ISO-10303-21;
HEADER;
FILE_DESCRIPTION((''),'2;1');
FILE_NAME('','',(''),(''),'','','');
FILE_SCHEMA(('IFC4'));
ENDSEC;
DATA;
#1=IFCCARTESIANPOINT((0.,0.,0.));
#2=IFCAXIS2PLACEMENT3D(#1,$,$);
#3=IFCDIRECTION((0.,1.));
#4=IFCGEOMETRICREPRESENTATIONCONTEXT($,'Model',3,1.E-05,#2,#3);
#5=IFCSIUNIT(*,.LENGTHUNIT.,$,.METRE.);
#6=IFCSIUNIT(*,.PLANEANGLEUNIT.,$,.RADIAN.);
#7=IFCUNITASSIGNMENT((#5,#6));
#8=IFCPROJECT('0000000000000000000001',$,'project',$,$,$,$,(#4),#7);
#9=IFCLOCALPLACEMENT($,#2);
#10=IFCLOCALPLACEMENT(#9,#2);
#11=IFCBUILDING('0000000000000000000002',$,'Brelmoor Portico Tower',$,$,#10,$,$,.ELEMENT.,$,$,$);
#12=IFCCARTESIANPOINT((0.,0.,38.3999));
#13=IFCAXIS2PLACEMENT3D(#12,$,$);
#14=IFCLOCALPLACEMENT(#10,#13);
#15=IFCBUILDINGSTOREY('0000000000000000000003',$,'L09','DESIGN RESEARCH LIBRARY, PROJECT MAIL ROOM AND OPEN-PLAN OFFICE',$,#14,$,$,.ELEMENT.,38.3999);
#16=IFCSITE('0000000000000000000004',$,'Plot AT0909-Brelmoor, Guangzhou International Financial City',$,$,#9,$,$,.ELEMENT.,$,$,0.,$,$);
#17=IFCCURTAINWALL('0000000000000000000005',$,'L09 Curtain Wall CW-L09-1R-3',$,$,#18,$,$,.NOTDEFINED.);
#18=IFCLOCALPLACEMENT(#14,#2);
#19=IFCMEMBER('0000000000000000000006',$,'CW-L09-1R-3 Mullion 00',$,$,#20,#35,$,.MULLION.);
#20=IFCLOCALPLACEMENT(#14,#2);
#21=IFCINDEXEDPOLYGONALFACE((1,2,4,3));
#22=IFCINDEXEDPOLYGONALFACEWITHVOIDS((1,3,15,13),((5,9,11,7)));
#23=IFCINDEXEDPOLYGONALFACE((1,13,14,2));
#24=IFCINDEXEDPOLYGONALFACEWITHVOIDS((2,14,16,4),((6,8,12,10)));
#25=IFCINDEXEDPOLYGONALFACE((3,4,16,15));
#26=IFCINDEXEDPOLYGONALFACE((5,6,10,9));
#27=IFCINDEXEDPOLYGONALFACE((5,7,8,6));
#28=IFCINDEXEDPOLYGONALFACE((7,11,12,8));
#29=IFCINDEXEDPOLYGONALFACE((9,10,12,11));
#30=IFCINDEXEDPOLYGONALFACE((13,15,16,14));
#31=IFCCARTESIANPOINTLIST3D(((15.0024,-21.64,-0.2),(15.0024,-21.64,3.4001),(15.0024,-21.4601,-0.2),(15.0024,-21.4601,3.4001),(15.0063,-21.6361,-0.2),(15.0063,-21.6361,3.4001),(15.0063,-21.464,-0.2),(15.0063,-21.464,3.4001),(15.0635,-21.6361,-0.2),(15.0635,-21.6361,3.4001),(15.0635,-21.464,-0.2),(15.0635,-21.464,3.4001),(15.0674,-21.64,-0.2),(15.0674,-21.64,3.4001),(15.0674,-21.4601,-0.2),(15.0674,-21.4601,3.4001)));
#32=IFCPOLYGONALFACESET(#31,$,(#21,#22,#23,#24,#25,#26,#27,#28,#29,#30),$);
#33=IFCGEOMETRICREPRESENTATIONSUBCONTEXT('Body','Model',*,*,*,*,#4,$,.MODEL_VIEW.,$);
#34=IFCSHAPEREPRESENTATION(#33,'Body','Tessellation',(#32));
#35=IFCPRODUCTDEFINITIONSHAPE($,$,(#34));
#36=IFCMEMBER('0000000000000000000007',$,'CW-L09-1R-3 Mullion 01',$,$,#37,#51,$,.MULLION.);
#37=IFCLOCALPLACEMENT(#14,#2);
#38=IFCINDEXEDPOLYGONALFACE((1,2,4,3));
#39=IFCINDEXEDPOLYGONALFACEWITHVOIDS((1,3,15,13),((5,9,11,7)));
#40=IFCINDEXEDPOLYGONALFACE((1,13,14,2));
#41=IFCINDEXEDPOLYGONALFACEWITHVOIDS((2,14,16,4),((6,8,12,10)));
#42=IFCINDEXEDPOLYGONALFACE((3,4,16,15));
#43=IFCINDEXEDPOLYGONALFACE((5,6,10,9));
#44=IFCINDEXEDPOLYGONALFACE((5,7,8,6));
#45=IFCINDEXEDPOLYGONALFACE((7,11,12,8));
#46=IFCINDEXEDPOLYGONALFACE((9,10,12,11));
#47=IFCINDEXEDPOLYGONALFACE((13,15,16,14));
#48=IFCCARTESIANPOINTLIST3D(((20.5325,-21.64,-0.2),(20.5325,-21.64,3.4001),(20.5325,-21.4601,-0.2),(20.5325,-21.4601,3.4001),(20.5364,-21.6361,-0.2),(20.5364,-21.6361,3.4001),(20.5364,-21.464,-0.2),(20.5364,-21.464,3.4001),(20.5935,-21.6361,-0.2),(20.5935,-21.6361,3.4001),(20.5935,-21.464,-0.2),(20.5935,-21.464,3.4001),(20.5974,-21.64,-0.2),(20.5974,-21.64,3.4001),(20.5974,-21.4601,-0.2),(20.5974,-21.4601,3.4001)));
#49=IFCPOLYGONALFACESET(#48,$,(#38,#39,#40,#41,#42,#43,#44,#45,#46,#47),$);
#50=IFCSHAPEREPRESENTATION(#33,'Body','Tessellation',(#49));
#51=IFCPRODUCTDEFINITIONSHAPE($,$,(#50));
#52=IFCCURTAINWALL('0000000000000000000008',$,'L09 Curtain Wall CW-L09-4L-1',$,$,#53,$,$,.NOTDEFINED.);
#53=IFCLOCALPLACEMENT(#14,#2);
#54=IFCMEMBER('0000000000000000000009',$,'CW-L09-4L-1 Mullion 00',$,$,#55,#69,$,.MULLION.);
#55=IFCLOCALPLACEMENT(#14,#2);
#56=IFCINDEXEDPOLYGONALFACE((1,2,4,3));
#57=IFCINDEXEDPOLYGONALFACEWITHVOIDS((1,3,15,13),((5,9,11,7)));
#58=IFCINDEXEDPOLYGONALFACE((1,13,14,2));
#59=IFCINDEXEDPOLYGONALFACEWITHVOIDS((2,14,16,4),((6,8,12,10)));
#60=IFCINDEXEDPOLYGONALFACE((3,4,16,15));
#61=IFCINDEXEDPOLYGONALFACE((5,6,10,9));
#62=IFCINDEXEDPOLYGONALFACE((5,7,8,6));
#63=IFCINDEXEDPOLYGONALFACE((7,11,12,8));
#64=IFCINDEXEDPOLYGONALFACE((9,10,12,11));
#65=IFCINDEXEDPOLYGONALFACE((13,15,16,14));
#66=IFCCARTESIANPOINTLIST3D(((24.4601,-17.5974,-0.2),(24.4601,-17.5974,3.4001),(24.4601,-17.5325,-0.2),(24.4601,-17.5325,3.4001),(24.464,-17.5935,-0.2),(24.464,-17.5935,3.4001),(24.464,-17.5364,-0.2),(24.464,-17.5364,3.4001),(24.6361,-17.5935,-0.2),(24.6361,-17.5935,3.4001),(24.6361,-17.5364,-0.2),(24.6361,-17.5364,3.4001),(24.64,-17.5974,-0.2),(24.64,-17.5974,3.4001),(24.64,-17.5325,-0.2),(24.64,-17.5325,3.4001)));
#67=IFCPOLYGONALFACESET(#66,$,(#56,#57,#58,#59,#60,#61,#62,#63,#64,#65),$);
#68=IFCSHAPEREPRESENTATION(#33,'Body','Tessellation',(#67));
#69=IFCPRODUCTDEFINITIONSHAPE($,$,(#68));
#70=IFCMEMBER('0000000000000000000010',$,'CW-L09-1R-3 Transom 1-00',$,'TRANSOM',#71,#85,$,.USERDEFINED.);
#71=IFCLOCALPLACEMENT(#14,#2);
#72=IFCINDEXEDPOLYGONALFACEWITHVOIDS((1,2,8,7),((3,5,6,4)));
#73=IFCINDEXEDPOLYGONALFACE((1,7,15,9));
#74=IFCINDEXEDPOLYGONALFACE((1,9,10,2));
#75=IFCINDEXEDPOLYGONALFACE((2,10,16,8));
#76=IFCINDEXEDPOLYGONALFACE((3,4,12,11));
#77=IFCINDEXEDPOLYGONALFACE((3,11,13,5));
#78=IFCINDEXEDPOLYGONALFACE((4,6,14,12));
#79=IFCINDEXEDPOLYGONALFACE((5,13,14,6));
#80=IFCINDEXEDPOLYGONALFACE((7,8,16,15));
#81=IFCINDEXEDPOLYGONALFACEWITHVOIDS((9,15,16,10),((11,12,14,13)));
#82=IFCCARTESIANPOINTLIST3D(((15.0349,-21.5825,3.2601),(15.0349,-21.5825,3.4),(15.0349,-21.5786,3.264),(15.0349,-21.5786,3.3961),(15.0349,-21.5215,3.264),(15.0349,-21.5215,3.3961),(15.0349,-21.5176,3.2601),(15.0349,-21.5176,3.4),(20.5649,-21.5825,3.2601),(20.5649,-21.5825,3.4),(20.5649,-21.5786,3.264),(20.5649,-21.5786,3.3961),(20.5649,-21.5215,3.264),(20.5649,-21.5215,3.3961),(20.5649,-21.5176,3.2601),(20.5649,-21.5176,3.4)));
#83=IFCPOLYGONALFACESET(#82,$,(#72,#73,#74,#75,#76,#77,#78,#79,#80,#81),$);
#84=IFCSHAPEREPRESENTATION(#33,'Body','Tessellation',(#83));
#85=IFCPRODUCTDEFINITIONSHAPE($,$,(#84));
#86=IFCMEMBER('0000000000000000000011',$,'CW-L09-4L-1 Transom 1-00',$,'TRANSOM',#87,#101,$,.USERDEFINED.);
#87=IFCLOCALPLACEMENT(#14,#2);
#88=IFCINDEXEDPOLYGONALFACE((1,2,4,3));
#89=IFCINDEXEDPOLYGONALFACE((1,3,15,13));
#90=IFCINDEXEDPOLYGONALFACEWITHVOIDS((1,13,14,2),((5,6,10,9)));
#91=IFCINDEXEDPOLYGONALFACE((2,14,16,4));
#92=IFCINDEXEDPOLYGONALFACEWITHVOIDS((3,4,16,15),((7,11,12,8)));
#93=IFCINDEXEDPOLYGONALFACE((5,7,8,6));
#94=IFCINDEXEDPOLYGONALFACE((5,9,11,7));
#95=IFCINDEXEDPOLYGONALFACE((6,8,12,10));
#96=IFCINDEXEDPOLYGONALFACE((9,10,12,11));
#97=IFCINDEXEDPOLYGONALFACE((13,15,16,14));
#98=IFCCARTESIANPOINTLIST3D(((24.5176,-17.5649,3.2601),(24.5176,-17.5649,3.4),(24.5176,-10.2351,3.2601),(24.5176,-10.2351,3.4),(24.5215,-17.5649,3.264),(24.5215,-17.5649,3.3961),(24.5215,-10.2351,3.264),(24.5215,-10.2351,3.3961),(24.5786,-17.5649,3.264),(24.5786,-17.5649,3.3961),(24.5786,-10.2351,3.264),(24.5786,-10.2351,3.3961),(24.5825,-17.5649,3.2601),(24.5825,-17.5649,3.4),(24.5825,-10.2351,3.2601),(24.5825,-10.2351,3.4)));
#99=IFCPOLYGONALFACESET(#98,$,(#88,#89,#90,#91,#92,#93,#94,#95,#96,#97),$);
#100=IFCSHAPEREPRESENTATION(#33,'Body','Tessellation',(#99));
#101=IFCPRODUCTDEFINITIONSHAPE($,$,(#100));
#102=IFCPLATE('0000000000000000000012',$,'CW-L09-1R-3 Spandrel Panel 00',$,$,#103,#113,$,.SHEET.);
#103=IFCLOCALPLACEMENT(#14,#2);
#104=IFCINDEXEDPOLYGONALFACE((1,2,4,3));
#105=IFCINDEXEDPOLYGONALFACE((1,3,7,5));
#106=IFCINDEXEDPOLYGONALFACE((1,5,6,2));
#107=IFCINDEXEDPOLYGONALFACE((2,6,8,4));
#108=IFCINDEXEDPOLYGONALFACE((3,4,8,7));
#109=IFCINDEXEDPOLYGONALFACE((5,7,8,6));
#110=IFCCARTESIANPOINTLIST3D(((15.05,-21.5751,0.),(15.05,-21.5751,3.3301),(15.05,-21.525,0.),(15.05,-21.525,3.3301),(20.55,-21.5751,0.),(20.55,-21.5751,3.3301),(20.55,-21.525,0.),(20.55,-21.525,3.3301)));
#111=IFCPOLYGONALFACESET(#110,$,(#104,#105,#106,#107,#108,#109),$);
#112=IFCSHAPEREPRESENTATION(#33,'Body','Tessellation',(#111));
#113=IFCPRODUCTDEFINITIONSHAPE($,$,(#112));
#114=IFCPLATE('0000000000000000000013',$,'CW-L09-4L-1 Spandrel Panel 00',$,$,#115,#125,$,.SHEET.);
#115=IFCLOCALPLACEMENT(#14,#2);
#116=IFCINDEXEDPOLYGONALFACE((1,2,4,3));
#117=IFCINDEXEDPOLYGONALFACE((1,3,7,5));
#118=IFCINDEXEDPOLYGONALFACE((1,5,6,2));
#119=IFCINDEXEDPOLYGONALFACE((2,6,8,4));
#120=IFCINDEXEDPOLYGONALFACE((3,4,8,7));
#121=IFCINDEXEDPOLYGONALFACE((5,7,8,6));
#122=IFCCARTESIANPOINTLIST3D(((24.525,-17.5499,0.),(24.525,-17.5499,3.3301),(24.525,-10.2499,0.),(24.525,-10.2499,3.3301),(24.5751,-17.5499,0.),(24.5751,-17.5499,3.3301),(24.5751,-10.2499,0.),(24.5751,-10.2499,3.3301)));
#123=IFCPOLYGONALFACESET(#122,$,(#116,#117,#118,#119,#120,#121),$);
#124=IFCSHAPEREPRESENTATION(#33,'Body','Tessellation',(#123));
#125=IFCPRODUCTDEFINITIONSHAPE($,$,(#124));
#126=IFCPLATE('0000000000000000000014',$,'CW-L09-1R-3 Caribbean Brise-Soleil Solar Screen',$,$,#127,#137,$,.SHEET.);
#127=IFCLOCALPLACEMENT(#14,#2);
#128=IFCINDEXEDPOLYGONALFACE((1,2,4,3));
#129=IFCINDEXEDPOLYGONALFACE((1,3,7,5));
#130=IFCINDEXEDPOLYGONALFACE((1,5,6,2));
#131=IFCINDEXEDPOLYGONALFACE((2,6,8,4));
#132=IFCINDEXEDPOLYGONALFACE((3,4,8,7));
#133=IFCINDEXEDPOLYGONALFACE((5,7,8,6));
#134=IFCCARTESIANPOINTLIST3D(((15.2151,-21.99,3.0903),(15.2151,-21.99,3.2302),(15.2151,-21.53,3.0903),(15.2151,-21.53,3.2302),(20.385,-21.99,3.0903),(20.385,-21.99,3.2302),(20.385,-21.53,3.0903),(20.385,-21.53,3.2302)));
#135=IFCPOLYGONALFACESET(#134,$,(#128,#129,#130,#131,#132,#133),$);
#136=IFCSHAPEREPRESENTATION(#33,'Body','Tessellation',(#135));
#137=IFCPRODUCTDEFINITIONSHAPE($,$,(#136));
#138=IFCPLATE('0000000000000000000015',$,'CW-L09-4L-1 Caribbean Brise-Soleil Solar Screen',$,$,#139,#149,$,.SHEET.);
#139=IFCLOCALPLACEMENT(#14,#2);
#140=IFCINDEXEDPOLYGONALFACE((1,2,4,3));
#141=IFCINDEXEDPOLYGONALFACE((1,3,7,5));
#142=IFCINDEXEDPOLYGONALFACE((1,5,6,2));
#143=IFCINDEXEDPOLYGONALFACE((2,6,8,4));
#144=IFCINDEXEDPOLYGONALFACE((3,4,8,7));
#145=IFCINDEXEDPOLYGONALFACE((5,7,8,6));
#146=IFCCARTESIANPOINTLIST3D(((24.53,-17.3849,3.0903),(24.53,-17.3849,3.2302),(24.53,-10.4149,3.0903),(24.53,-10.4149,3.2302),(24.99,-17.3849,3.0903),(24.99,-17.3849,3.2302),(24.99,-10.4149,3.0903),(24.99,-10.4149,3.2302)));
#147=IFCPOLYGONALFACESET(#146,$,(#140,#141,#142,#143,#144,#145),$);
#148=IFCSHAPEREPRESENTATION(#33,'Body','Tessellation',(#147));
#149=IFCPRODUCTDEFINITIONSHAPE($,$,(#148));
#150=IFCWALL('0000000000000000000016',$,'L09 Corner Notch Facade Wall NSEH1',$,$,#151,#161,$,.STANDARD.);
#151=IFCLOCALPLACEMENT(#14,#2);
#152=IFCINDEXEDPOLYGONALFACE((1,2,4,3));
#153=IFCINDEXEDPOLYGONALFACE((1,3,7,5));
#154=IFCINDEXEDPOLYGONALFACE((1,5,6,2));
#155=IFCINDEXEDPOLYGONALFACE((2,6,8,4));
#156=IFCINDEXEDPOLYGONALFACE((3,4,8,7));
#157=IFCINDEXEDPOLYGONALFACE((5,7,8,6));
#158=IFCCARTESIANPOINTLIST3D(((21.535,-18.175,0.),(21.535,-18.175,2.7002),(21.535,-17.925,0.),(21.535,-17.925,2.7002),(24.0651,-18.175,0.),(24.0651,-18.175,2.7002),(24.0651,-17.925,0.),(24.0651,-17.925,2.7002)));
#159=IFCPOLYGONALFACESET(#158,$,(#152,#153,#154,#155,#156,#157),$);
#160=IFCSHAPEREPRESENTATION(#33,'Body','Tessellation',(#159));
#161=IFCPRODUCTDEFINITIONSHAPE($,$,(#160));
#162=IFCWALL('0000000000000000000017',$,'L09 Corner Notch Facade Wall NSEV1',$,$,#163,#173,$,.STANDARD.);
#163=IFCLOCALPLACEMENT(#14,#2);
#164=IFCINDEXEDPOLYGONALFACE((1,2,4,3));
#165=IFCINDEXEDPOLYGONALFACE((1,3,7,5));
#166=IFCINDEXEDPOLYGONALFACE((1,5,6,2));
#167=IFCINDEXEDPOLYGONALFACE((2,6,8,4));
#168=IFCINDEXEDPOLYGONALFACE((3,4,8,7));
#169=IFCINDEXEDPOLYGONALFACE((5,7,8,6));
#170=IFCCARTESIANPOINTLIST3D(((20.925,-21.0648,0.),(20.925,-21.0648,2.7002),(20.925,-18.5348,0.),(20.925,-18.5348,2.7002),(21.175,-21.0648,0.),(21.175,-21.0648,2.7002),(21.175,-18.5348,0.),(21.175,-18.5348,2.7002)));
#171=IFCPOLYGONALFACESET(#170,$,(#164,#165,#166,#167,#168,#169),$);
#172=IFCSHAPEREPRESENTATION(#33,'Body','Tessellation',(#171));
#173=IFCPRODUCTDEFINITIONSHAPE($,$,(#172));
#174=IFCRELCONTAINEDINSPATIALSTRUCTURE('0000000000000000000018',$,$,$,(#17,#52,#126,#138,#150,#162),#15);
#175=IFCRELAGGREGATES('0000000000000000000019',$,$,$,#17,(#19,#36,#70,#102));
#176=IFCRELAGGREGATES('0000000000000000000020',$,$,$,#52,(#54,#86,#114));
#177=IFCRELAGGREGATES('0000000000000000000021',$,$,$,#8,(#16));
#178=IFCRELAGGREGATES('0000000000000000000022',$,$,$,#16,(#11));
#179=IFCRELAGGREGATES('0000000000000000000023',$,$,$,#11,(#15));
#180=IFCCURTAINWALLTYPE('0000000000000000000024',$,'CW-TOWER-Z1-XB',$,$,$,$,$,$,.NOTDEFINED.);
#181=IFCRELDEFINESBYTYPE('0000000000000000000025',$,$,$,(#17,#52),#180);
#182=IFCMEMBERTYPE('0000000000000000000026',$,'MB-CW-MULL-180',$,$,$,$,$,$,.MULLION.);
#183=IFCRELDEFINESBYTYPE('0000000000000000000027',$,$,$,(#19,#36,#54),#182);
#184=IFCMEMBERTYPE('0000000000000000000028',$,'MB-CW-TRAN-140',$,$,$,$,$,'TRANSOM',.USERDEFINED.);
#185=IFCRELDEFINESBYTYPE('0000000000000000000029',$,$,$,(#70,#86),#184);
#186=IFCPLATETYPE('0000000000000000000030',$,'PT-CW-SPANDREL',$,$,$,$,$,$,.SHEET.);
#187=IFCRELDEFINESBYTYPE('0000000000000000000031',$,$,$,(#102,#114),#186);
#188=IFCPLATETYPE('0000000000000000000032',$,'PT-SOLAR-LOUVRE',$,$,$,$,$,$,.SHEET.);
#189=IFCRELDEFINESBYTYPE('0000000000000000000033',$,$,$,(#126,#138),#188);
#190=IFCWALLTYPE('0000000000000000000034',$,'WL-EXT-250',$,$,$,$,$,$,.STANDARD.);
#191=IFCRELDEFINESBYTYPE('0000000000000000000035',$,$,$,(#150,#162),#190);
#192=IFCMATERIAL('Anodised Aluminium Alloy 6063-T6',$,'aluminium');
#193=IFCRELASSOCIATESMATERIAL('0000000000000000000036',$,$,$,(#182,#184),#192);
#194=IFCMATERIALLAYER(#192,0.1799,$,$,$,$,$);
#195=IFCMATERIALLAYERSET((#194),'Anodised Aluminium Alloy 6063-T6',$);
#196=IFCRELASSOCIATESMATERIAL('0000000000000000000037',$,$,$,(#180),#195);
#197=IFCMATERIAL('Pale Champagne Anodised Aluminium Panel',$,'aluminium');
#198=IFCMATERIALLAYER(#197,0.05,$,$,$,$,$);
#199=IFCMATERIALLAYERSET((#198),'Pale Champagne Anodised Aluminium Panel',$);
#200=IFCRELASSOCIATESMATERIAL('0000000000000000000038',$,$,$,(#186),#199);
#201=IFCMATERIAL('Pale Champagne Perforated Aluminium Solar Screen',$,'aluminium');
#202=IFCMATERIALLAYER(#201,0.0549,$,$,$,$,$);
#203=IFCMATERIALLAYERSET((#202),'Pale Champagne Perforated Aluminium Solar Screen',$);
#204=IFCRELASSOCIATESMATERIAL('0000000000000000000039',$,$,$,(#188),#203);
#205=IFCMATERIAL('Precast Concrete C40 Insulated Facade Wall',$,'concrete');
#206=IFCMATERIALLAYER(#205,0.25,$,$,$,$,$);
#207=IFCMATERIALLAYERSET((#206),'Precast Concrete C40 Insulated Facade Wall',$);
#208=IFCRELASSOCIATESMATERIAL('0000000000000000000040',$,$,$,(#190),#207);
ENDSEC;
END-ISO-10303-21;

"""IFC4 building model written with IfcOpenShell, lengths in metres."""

from ifc_helpers import new_model, si_unit, direction, frame, frame_2d, origin, origin_2d, place, context, subcontext, project, spatial, rectangle, hollow_rectangle, extrude, material, layer, layer_set, material_profile, profile_set, type_object, element, aggregate, save


model = new_model("IFC4")

# Units and contexts
model_context = context("Model", 3, precision=1e-05, world=origin(), true_north=direction((0.0, 1.0)))
body_context = subcontext(model_context, "Body", "Model", "MODEL_VIEW")
ifc_project = project(units=[si_unit("LENGTHUNIT", "METRE"), si_unit("PLANEANGLEUNIT", "RADIAN")], contexts=[model_context])

# Site, building, storey
site_placement = place(None, origin())
site = spatial("IfcSite", under=ifc_project, at=site_placement, Name="Plot AT0909-Brelmoor, Guangzhou International Financial City", CompositionType="ELEMENT", RefElevation=0.0)
building_placement = place(site_placement, origin())
building = spatial("IfcBuilding", under=site, at=building_placement, Name="Brelmoor Portico Tower", CompositionType="ELEMENT")
storey_placement = place(building_placement, frame((0.0, 0.0, 38.3999)))
storey = spatial("IfcBuildingStorey", under=building, at=storey_placement, Name="L09", Description="DESIGN RESEARCH LIBRARY, PROJECT MAIL ROOM AND OPEN-PLAN OFFICE", CompositionType="ELEMENT", Elevation=38.3999)

# Shared definitions
ifc_material_1 = material(Name="Anodised Aluminium Alloy 6063-T6", Category="aluminium")
ifc_material_profile_1 = material_profile(ifc_material_1, hollow_rectangle(XDim=0.0649, YDim=0.1799, WallThickness=0.0039, at=origin_2d()), Name="ALU MULLION 65x180")
ifc_profile_set_1 = profile_set([ifc_material_profile_1], Name="Anodised Aluminium Alloy 6063-T6")
member_type_1 = type_object("IfcMemberType", Name="MB-CW-MULL-180", PredefinedType="MULLION", material=ifc_profile_set_1)

# Curtain wall, members
ifc_layer_1 = layer(ifc_material_1, 0.1799)
ifc_layer_set_1 = layer_set([ifc_layer_1], Name="Anodised Aluminium Alloy 6063-T6")
curtain_wall_type_1 = type_object("IfcCurtainWallType", Name="CW-TOWER-Z1-XB", PredefinedType="NOTDEFINED", material=ifc_layer_set_1)
curtain_wall_1_placement = place(storey_placement, origin())
curtain_wall_1 = element("IfcCurtainWall", 1, at=curtain_wall_1_placement, inside=storey, type_object=curtain_wall_type_1, Name="L09 Curtain Wall CW-L09-1R-3", PredefinedType="NOTDEFINED")
member_1_placement = place(storey_placement, frame((15.0349, -21.55, -0.2), z_axis=(0.0, 0.0, 1.0), x_axis=(1.0, 0.0, 0.0)))
member_1 = element("IfcMember", 2, at=member_1_placement, type_object=member_type_1, Name="CW-L09-1R-3 Mullion 00", PredefinedType="MULLION", context=body_context, shape_type="SweptSolid", body=[
    extrude(hollow_rectangle(XDim=0.0649, YDim=0.1799, WallThickness=0.0039, at=origin_2d()), origin(), (0.0, 0.0, 1.0), 3.6001),
])
member_2_placement = place(storey_placement, frame((20.5649, -21.55, -0.2), z_axis=(0.0, 0.0, 1.0), x_axis=(1.0, 0.0, 0.0)))
member_2 = element("IfcMember", 3, at=member_2_placement, type_object=member_type_1, Name="CW-L09-1R-3 Mullion 01", PredefinedType="MULLION", context=body_context, shape_type="SweptSolid", body=[
    extrude(hollow_rectangle(XDim=0.0649, YDim=0.1799, WallThickness=0.0039, at=origin_2d()), origin(), (0.0, 0.0, 1.0), 3.6001),
])

# Curtain wall, member
curtain_wall_2_placement = place(storey_placement, origin())
curtain_wall_2 = element("IfcCurtainWall", 4, at=curtain_wall_2_placement, inside=storey, type_object=curtain_wall_type_1, Name="L09 Curtain Wall CW-L09-4L-1", PredefinedType="NOTDEFINED")
member_3_placement = place(storey_placement, frame((24.55, -17.5649, -0.2), z_axis=(0.0, 0.0, 1.0), x_axis=(0.0, 1.0, 0.0)))
member_3 = element("IfcMember", 5, at=member_3_placement, type_object=member_type_1, Name="CW-L09-4L-1 Mullion 00", PredefinedType="MULLION", context=body_context, shape_type="SweptSolid", body=[
    extrude(hollow_rectangle(XDim=0.0649, YDim=0.1799, WallThickness=0.0039, at=origin_2d()), origin(), (0.0, 0.0, 1.0), 3.6001),
])

# Members
ifc_material_profile_2 = material_profile(ifc_material_1, hollow_rectangle(XDim=0.0649, YDim=0.1399, WallThickness=0.0039, at=origin_2d()), Name="ALU TRANSOM 65x140")
ifc_profile_set_2 = profile_set([ifc_material_profile_2], Name="Anodised Aluminium Alloy 6063-T6")
member_type_2 = type_object("IfcMemberType", Name="MB-CW-TRAN-140", ElementType="TRANSOM", PredefinedType="USERDEFINED", material=ifc_profile_set_2)
member_4_placement = place(storey_placement, frame((15.0349, -21.55, 3.3301), z_axis=(1.0, 0.0, 0.0), x_axis=(0.0, 1.0, 0.0)))
member_4 = element("IfcMember", 6, at=member_4_placement, type_object=member_type_2, Name="CW-L09-1R-3 Transom 1-00", ObjectType="TRANSOM", PredefinedType="USERDEFINED", context=body_context, shape_type="SweptSolid", body=[
    extrude(hollow_rectangle(XDim=0.0649, YDim=0.1399, WallThickness=0.0039, at=origin_2d()), origin(), (0.0, 0.0, 1.0), 5.53),
])
member_5_placement = place(storey_placement, frame((24.55, -17.5649, 3.3301), z_axis=(0.0, 1.0, 0.0), x_axis=(-1.0, 0.0, 0.0)))
member_5 = element("IfcMember", 7, at=member_5_placement, type_object=member_type_2, Name="CW-L09-4L-1 Transom 1-00", ObjectType="TRANSOM", PredefinedType="USERDEFINED", context=body_context, shape_type="SweptSolid", body=[
    extrude(hollow_rectangle(XDim=0.0649, YDim=0.1399, WallThickness=0.0039, at=origin_2d()), origin(), (0.0, 0.0, 1.0), 7.3298),
])

# Plates
ifc_material_2 = material(Name="Pale Champagne Anodised Aluminium Panel", Category="aluminium")
ifc_layer_2 = layer(ifc_material_2, 0.05)
ifc_layer_set_2 = layer_set([ifc_layer_2], Name="Pale Champagne Anodised Aluminium Panel")
plate_type_1 = type_object("IfcPlateType", Name="PT-CW-SPANDREL", PredefinedType="SHEET", material=ifc_layer_set_2)
plate_1_placement = place(storey_placement, frame((17.8, -21.55, 0.0), z_axis=(0.0, 0.0, 1.0), x_axis=(1.0, 0.0, 0.0)))
plate_1 = element("IfcPlate", 8, at=plate_1_placement, type_object=plate_type_1, Name="CW-L09-1R-3 Spandrel Panel 00", PredefinedType="SHEET", context=body_context, shape_type="SweptSolid", body=[
    extrude(rectangle(XDim=5.5, YDim=0.05, at=origin_2d()), origin(), (0.0, 0.0, 1.0), 3.3301),
])
aggregate(curtain_wall_1, [member_1, member_2, member_4, plate_1])
plate_2_placement = place(storey_placement, frame((24.55, -13.8999, 0.0), z_axis=(0.0, 0.0, 1.0), x_axis=(0.0, 1.0, 0.0)))
plate_2 = element("IfcPlate", 9, at=plate_2_placement, type_object=plate_type_1, Name="CW-L09-4L-1 Spandrel Panel 00", PredefinedType="SHEET", context=body_context, shape_type="SweptSolid", body=[
    extrude(rectangle(XDim=7.3, YDim=0.05, at=origin_2d()), origin(), (0.0, 0.0, 1.0), 3.3301),
])
aggregate(curtain_wall_2, [member_3, member_5, plate_2])

# Plates
ifc_material_3 = material(Name="Pale Champagne Perforated Aluminium Solar Screen", Category="aluminium")
ifc_layer_3 = layer(ifc_material_3, 0.0549)
ifc_layer_set_3 = layer_set([ifc_layer_3], Name="Pale Champagne Perforated Aluminium Solar Screen")
plate_type_2 = type_object("IfcPlateType", Name="PT-SOLAR-LOUVRE", PredefinedType="SHEET", material=ifc_layer_set_3)
plate_3_placement = place(storey_placement, frame((17.8, -21.76, 3.0903), z_axis=(0.0, 0.0, 1.0), x_axis=(1.0, 0.0, 0.0)))
element("IfcPlate", 10, at=plate_3_placement, inside=storey, type_object=plate_type_2, Name="CW-L09-1R-3 Caribbean Brise-Soleil Solar Screen", PredefinedType="SHEET", context=body_context, shape_type="SweptSolid", body=[
    extrude(rectangle(XDim=5.1699, YDim=0.46, at=origin_2d()), origin(), (0.0, 0.0, 1.0), 0.1399),
])
plate_4_placement = place(storey_placement, frame((24.76, -13.8999, 3.0903), z_axis=(0.0, 0.0, 1.0), x_axis=(0.0, 1.0, 0.0)))
element("IfcPlate", 11, at=plate_4_placement, inside=storey, type_object=plate_type_2, Name="CW-L09-4L-1 Caribbean Brise-Soleil Solar Screen", PredefinedType="SHEET", context=body_context, shape_type="SweptSolid", body=[
    extrude(rectangle(XDim=6.97, YDim=0.46, at=origin_2d()), origin(), (0.0, 0.0, 1.0), 0.1399),
])

# Walls
ifc_material_4 = material(Name="Precast Concrete C40 Insulated Facade Wall", Category="concrete")
ifc_layer_4 = layer(ifc_material_4, 0.25)
ifc_layer_set_4 = layer_set([ifc_layer_4], Name="Precast Concrete C40 Insulated Facade Wall")
wall_type_1 = type_object("IfcWallType", Name="WL-EXT-250", PredefinedType="STANDARD", material=ifc_layer_set_4)
for number, where, z_axis, x_axis, name in (
    (12, (21.5349, -18.05, 0.0), (0.0, 0.0, 1.0), (1.0, 0.0, 0.0), "L09 Corner Notch Facade Wall NSEH1"),
    (13, (21.05, -21.0649, 0.0), (0.0, 0.0, 1.0), (0.0, 1.0, 0.0), "L09 Corner Notch Facade Wall NSEV1"),
):
    element("IfcWall", number, at=place(storey_placement, frame(where, z_axis=z_axis, x_axis=x_axis)), inside=storey, type_object=wall_type_1, Name=name, PredefinedType="STANDARD", context=body_context, shape_type="SweptSolid", body=[
        extrude(rectangle(XDim=2.53, YDim=0.25, at=frame_2d((1.2651, 0.0))), origin(), (0.0, 0.0, 1.0), 2.7002),
    ])

save(model, "model.ifc")
